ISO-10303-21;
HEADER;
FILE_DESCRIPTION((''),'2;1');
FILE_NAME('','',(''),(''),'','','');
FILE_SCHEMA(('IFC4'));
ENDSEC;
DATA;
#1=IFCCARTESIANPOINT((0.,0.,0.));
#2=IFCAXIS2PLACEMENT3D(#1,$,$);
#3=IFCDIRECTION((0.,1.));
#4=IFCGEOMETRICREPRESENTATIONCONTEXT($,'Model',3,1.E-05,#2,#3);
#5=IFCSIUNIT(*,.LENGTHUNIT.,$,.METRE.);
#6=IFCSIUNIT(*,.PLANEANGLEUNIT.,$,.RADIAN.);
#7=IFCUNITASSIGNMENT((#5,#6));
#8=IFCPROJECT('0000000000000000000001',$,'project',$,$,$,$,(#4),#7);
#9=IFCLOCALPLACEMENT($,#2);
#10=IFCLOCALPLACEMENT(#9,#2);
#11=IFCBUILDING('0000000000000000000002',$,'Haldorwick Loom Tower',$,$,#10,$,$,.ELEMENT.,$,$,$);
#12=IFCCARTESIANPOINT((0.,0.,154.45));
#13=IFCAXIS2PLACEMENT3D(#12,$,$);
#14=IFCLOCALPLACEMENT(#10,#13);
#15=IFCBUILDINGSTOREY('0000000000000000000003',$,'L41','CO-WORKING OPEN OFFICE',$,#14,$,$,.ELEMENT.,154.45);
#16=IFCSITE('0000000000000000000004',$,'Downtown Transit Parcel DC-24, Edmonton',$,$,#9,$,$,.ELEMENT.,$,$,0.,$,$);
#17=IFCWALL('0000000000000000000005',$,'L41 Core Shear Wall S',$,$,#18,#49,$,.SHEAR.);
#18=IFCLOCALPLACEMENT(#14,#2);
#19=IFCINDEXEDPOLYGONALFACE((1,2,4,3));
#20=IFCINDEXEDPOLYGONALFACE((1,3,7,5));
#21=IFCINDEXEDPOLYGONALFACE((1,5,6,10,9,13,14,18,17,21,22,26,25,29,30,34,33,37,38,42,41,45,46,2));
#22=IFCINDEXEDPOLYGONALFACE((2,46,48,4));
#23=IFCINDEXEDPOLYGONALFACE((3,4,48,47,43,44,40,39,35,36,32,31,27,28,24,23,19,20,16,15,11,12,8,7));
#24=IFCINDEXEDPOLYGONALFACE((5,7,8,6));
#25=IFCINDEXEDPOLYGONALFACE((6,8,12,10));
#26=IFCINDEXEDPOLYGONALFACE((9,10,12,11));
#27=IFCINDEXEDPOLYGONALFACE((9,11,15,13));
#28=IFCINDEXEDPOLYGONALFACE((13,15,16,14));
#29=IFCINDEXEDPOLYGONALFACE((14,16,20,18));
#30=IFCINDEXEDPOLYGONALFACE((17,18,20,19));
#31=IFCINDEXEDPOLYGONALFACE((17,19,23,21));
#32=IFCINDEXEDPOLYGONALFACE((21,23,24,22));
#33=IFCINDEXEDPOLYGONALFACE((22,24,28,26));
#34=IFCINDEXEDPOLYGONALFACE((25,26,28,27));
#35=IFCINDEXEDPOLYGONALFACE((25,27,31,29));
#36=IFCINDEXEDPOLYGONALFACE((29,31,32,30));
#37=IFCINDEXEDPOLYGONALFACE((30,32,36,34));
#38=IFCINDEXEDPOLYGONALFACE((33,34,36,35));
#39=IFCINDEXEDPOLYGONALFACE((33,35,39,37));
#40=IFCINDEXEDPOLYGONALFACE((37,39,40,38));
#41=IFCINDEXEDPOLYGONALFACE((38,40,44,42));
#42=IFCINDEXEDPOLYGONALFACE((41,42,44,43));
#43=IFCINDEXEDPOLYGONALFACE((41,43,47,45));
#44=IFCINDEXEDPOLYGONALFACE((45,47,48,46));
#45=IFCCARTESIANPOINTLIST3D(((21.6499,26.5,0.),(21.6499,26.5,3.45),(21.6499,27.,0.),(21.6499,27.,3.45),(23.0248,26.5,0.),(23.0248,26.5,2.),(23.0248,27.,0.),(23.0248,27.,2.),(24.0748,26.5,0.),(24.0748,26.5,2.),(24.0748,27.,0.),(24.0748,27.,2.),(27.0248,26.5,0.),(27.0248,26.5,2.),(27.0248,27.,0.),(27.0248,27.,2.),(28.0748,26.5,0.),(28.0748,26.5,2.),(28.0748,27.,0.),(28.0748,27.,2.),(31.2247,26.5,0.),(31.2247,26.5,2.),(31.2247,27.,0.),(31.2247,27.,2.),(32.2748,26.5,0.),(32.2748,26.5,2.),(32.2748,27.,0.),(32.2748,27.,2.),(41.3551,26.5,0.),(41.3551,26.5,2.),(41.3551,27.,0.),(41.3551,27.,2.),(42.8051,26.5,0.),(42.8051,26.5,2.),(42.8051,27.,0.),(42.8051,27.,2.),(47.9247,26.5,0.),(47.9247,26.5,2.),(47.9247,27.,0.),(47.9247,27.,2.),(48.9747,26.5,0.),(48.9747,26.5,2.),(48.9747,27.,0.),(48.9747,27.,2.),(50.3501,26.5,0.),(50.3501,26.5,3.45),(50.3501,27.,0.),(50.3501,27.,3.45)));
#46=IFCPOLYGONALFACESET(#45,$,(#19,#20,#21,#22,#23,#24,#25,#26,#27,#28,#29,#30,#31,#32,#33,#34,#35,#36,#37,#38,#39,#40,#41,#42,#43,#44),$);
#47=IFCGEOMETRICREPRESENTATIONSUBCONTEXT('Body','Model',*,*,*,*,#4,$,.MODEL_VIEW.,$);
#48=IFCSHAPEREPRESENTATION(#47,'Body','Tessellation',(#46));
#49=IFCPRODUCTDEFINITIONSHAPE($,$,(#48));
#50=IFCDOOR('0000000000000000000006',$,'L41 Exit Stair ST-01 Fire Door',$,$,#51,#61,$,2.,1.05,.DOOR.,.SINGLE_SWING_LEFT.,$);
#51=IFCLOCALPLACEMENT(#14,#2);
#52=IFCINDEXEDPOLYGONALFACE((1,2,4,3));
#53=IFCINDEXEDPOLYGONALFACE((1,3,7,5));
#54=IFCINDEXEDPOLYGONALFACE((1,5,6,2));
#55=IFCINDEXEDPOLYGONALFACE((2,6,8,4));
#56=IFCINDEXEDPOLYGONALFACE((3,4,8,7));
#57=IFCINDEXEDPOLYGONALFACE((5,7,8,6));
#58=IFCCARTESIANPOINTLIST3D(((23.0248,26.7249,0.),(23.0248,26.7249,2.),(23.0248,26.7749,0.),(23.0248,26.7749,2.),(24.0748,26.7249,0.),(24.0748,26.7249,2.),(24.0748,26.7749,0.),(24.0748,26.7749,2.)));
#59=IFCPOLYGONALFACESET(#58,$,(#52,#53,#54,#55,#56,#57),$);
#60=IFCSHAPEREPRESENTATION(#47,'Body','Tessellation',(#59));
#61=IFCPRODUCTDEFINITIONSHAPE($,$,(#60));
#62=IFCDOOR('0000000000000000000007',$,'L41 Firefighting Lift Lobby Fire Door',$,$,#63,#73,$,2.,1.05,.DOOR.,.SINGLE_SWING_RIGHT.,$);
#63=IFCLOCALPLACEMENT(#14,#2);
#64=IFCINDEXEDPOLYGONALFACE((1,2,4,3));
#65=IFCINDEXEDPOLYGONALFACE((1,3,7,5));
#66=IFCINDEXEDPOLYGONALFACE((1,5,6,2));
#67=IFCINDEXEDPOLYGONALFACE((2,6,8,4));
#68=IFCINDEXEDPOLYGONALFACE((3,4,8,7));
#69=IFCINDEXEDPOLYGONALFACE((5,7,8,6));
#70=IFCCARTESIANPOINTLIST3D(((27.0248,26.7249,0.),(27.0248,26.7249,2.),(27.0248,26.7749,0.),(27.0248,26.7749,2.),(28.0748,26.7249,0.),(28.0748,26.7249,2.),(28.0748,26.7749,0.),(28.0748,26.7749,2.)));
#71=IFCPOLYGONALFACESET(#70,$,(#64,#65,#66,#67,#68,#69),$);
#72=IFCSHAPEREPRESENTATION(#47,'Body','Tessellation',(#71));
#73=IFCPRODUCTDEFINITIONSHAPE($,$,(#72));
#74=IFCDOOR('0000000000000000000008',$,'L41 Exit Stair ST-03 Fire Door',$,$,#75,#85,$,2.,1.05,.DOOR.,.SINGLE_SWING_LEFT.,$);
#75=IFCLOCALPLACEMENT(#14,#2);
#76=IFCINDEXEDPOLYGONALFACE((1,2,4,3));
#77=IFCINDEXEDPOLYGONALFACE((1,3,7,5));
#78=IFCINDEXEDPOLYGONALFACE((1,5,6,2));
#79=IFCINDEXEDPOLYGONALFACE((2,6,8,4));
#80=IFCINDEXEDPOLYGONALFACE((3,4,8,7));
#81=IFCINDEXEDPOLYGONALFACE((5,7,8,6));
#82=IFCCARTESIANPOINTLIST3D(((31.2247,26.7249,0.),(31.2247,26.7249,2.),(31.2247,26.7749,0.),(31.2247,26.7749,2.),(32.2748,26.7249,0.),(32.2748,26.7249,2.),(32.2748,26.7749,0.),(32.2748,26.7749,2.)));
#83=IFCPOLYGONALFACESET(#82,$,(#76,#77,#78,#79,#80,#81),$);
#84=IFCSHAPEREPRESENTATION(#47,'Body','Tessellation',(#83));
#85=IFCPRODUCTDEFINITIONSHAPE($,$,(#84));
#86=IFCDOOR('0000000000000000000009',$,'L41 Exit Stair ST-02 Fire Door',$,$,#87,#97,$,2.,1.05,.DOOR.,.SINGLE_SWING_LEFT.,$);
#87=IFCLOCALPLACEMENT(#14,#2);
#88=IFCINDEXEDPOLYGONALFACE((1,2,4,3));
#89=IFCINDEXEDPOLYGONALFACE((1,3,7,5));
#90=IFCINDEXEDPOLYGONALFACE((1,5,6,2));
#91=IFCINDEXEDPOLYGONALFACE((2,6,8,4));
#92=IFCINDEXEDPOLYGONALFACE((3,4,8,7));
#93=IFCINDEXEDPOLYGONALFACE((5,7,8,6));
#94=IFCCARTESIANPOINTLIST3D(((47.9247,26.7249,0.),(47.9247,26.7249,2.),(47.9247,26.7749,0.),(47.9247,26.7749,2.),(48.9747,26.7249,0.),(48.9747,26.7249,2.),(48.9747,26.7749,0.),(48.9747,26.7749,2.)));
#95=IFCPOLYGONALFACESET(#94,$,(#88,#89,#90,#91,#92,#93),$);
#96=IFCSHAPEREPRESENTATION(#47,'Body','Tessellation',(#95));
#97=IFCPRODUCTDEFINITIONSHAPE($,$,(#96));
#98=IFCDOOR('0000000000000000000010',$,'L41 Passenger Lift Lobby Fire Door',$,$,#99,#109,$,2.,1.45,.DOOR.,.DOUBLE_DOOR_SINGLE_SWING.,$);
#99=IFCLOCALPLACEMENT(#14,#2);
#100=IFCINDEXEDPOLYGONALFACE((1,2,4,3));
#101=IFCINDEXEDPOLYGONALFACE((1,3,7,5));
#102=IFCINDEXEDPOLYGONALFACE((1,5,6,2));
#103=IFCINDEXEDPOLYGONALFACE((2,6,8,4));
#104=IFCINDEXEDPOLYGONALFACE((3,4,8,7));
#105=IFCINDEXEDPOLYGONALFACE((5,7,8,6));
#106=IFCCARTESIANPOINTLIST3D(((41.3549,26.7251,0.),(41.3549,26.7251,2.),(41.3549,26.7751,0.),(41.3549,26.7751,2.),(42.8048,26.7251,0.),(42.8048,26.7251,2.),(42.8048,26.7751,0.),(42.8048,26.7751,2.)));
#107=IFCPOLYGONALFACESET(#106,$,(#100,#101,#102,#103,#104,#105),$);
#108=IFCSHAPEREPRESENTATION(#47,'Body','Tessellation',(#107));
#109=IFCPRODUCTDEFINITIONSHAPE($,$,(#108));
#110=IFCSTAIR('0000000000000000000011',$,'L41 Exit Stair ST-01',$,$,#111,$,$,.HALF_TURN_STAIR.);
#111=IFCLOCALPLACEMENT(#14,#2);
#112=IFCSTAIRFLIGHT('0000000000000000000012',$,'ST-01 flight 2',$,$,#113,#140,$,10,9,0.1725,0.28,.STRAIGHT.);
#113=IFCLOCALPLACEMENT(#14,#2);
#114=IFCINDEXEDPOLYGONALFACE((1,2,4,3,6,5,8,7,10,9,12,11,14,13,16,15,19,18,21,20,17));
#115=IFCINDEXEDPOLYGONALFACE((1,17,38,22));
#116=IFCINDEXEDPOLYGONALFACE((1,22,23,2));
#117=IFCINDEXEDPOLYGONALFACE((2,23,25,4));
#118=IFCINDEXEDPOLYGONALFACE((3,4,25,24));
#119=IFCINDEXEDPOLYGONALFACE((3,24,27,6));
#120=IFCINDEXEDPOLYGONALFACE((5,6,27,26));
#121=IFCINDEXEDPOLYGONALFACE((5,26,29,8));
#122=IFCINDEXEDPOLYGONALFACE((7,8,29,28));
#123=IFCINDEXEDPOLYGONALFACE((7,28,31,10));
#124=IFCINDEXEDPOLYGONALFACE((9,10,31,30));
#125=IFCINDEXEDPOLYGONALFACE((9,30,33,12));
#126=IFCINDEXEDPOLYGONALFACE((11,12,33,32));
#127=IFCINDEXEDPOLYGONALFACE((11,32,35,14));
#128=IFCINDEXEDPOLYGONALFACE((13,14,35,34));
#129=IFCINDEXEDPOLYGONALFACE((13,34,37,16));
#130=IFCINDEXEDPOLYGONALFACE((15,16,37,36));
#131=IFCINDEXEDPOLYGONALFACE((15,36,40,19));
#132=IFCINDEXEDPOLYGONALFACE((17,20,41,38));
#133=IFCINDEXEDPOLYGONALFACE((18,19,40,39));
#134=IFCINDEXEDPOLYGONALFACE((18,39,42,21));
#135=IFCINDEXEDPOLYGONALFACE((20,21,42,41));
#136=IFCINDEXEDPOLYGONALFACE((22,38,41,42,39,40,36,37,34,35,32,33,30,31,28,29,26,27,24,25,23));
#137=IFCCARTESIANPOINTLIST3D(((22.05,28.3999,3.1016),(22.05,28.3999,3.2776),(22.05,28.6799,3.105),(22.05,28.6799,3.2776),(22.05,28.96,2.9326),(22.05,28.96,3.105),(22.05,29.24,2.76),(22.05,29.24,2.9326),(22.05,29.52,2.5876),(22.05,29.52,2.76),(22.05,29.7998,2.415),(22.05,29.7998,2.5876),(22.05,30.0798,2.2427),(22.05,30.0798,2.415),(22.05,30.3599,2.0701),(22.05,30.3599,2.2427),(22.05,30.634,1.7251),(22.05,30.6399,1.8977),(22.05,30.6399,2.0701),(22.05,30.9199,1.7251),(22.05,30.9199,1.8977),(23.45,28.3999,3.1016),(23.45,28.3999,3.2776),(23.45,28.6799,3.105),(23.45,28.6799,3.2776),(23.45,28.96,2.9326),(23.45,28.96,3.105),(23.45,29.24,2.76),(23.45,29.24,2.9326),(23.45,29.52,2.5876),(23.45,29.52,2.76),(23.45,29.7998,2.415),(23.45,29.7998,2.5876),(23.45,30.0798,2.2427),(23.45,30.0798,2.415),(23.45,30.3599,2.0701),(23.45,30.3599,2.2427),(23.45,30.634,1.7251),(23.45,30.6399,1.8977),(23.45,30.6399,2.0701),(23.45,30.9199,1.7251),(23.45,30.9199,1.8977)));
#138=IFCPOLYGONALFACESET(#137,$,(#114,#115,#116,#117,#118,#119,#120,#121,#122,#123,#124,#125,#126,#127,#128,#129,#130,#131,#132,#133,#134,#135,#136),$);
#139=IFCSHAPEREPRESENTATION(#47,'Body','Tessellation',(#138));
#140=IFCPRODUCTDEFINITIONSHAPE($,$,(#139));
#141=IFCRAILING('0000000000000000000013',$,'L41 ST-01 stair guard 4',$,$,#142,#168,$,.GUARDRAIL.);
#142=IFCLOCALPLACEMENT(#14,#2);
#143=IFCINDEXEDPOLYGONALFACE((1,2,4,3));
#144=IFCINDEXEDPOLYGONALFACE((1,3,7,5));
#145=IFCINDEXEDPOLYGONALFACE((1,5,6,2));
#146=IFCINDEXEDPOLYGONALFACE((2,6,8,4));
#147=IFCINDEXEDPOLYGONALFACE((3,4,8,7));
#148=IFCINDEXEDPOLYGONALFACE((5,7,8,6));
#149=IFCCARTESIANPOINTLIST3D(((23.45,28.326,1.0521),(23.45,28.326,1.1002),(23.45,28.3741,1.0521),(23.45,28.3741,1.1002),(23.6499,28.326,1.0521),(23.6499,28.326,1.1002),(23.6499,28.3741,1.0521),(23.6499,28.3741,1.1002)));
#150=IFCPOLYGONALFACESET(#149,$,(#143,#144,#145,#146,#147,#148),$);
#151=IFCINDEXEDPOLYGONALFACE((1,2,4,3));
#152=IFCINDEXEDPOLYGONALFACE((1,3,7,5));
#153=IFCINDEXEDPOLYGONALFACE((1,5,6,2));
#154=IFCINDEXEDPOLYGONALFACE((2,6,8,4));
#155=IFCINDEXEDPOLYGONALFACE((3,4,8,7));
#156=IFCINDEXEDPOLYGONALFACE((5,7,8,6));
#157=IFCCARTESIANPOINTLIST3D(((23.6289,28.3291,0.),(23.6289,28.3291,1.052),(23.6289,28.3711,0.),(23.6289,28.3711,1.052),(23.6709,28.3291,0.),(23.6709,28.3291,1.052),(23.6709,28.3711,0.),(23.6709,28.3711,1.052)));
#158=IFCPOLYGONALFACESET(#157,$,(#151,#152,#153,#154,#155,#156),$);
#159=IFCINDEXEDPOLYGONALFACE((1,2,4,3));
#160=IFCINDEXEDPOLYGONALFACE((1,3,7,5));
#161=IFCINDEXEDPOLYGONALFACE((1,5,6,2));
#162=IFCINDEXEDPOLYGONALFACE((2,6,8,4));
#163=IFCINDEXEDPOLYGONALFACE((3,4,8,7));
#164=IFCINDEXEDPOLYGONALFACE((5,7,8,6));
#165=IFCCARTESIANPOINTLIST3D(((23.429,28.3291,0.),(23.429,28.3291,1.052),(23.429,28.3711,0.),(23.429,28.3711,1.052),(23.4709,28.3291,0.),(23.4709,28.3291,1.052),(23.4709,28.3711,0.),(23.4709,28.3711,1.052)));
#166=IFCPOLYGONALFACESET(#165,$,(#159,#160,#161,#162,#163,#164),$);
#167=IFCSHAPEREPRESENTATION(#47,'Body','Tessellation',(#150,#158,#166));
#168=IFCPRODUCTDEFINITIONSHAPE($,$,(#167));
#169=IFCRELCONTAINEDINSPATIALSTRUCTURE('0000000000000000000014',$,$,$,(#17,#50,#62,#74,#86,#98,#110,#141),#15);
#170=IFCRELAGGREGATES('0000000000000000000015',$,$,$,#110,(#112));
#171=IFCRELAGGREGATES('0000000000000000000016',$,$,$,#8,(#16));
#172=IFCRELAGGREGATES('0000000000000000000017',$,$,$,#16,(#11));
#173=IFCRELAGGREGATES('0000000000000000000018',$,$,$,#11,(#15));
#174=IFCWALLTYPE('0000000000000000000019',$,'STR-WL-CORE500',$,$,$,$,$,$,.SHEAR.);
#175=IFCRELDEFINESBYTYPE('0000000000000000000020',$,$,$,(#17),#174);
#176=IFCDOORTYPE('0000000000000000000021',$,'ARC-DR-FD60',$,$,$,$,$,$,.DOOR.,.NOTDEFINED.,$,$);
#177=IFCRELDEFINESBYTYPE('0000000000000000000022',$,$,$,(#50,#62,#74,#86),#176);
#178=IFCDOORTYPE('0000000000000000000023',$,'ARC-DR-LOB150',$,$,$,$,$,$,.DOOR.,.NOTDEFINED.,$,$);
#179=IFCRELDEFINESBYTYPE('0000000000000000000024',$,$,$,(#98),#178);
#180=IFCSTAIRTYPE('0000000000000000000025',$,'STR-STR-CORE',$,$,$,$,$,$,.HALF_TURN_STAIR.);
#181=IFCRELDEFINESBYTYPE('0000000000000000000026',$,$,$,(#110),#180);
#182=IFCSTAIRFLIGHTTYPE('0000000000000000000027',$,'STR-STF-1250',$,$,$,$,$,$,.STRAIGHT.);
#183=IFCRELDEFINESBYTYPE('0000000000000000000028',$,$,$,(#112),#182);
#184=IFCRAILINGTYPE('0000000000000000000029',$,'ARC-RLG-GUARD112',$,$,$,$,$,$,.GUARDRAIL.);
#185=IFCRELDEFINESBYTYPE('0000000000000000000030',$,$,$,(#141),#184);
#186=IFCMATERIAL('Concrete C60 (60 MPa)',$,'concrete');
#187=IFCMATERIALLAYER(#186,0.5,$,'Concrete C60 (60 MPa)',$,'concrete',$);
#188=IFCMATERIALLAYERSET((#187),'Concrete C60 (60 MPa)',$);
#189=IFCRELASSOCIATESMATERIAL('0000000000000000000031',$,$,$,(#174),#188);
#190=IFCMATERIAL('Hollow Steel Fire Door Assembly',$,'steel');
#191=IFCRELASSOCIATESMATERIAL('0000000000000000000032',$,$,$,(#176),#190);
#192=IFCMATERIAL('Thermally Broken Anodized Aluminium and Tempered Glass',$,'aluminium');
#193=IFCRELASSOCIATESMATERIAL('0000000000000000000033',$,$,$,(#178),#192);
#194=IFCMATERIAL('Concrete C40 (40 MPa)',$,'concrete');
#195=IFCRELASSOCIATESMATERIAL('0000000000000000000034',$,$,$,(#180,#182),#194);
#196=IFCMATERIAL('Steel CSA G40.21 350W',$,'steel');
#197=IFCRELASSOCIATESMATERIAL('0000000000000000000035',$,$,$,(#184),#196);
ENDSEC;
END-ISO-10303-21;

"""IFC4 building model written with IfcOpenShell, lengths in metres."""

from ifc_helpers import new_model, si_unit, direction, frame, frame_2d, origin, origin_2d, place, context, subcontext, project, spatial, polyline, rectangle, outline, extrude, material, layer, layer_set, type_object, element, fill, aggregate, save


model = new_model("IFC4")

# Units and contexts
model_context = context("Model", 3, precision=1e-05, world=origin(), true_north=direction((0.0, 1.0)))
body_context = subcontext(model_context, "Body", "Model", "MODEL_VIEW")
ifc_project = project(units=[si_unit("LENGTHUNIT", "METRE"), si_unit("PLANEANGLEUNIT", "RADIAN")], contexts=[model_context])

# Site, building, storey
site_placement = place(None, origin())
site = spatial("IfcSite", under=ifc_project, at=site_placement, Name="Downtown Transit Parcel DC-24, Edmonton", CompositionType="ELEMENT", RefElevation=0.0)
building_placement = place(site_placement, origin())
building = spatial("IfcBuilding", under=site, at=building_placement, Name="Haldorwick Loom Tower", CompositionType="ELEMENT")
storey_placement = place(building_placement, frame((0.0, 0.0, 154.45)))
storey = spatial("IfcBuildingStorey", under=building, at=storey_placement, Name="L41", Description="CO-WORKING OPEN OFFICE", CompositionType="ELEMENT", Elevation=154.45)

# Shared definitions
ifc_material_1 = material(Name="Steel CSA G40.21 350W", Category="steel")
ifc_material_2 = material(Name="Concrete C60 (60 MPa)", Category="concrete")

# Wall, openings, doors
ifc_layer_1 = layer(ifc_material_2, 0.5, Name="Concrete C60 (60 MPa)", Category="concrete")
ifc_layer_set_1 = layer_set([ifc_layer_1], Name="Concrete C60 (60 MPa)")
wall_type_1 = type_object("IfcWallType", Name="STR-WL-CORE500", PredefinedType="SHEAR", material=ifc_layer_set_1)
wall_1_placement = place(storey_placement, frame((21.6499, 26.75, 0.0), z_axis=(0.0, 0.0, 1.0), x_axis=(1.0, 0.0, 0.0)))
wall_1 = element("IfcWall", 1, at=wall_1_placement, inside=storey, type_object=wall_type_1, Name="L41 Core Shear Wall S", PredefinedType="SHEAR", context=body_context, shape_type="SweptSolid", body=[
    extrude(rectangle(XDim=28.7002, YDim=0.5, at=frame_2d((14.3501, 0.0))), origin(), (0.0, 0.0, 1.0), 3.45),
])
opening_1_placement = place(wall_1_placement, frame((1.375, 0.0, 0.0)))
opening_1 = element("IfcOpeningElement", 2, at=opening_1_placement, cuts=wall_1, PredefinedType="OPENING", context=body_context, shape_type="SweptSolid", body=[
    extrude(rectangle(XDim=1.05, YDim=2.0, at=frame_2d((0.5249, 1.0))), frame((0.0, 0.26, 0.0), z_axis=(0.0, -1.0, 0.0), x_axis=(1.0, 0.0, 0.0)), (0.0, 0.0, 1.0), 0.52),
])
opening_2_placement = place(wall_1_placement, frame((5.375, 0.0, 0.0)))
opening_2 = element("IfcOpeningElement", 3, at=opening_2_placement, cuts=wall_1, PredefinedType="OPENING", context=body_context, shape_type="SweptSolid", body=[
    extrude(rectangle(XDim=1.05, YDim=2.0, at=frame_2d((0.5249, 1.0))), frame((0.0, 0.26, 0.0), z_axis=(0.0, -1.0, 0.0), x_axis=(1.0, 0.0, 0.0)), (0.0, 0.0, 1.0), 0.52),
])
opening_3_placement = place(wall_1_placement, frame((9.575, 0.0, 0.0)))
opening_3 = element("IfcOpeningElement", 4, at=opening_3_placement, cuts=wall_1, PredefinedType="OPENING", context=body_context, shape_type="SweptSolid", body=[
    extrude(rectangle(XDim=1.05, YDim=2.0, at=frame_2d((0.5249, 1.0))), frame((0.0, 0.26, 0.0), z_axis=(0.0, -1.0, 0.0), x_axis=(1.0, 0.0, 0.0)), (0.0, 0.0, 1.0), 0.52),
])
opening_4_placement = place(wall_1_placement, frame((19.7051, 0.0, 0.0)))
opening_4 = element("IfcOpeningElement", 5, at=opening_4_placement, cuts=wall_1, PredefinedType="OPENING", context=body_context, shape_type="SweptSolid", body=[
    extrude(rectangle(XDim=1.45, YDim=2.0, at=frame_2d((0.7251, 1.0))), frame((0.0, 0.26, 0.0), z_axis=(0.0, -1.0, 0.0), x_axis=(1.0, 0.0, 0.0)), (0.0, 0.0, 1.0), 0.52),
])
opening_5_placement = place(wall_1_placement, frame((26.2749, 0.0, 0.0)))
opening_5 = element("IfcOpeningElement", 6, at=opening_5_placement, cuts=wall_1, PredefinedType="OPENING", context=body_context, shape_type="SweptSolid", body=[
    extrude(rectangle(XDim=1.05, YDim=2.0, at=frame_2d((0.5249, 1.0))), frame((0.0, 0.26, 0.0), z_axis=(0.0, -1.0, 0.0), x_axis=(1.0, 0.0, 0.0)), (0.0, 0.0, 1.0), 0.52),
])
ifc_material_3 = material(Name="Hollow Steel Fire Door Assembly", Category="steel")
door_type_1 = type_object("IfcDoorType", Name="ARC-DR-FD60", OperationType="NOTDEFINED", PredefinedType="DOOR", material=ifc_material_3)
door_1_placement = place(opening_1_placement, origin())
door_1 = element("IfcDoor", 7, at=door_1_placement, inside=storey, type_object=door_type_1, Name="L41 Exit Stair ST-01 Fire Door", OperationType="SINGLE_SWING_LEFT", OverallHeight=2.0, OverallWidth=1.05, PredefinedType="DOOR", context=body_context, shape_type="SweptSolid", body=[
    extrude(rectangle(XDim=1.05, YDim=2.0, at=frame_2d((0.5249, 1.0))), frame((0.0, 0.0249, 0.0), z_axis=(0.0, -1.0, 0.0), x_axis=(1.0, 0.0, 0.0)), (0.0, 0.0, 1.0), 0.05),
])
fill(opening_1, door_1)
door_2_placement = place(opening_2_placement, origin())
door_2 = element("IfcDoor", 8, at=door_2_placement, inside=storey, type_object=door_type_1, Name="L41 Firefighting Lift Lobby Fire Door", OperationType="SINGLE_SWING_RIGHT", OverallHeight=2.0, OverallWidth=1.05, PredefinedType="DOOR", context=body_context, shape_type="SweptSolid", body=[
    extrude(rectangle(XDim=1.05, YDim=2.0, at=frame_2d((0.5249, 1.0))), frame((0.0, 0.0249, 0.0), z_axis=(0.0, -1.0, 0.0), x_axis=(1.0, 0.0, 0.0)), (0.0, 0.0, 1.0), 0.05),
])
fill(opening_2, door_2)
door_3_placement = place(opening_3_placement, origin())
door_3 = element("IfcDoor", 9, at=door_3_placement, inside=storey, type_object=door_type_1, Name="L41 Exit Stair ST-03 Fire Door", OperationType="SINGLE_SWING_LEFT", OverallHeight=2.0, OverallWidth=1.05, PredefinedType="DOOR", context=body_context, shape_type="SweptSolid", body=[
    extrude(rectangle(XDim=1.05, YDim=2.0, at=frame_2d((0.5249, 1.0))), frame((0.0, 0.0249, 0.0), z_axis=(0.0, -1.0, 0.0), x_axis=(1.0, 0.0, 0.0)), (0.0, 0.0, 1.0), 0.05),
])
fill(opening_3, door_3)
door_4_placement = place(opening_5_placement, origin())
door_4 = element("IfcDoor", 10, at=door_4_placement, inside=storey, type_object=door_type_1, Name="L41 Exit Stair ST-02 Fire Door", OperationType="SINGLE_SWING_LEFT", OverallHeight=2.0, OverallWidth=1.05, PredefinedType="DOOR", context=body_context, shape_type="SweptSolid", body=[
    extrude(rectangle(XDim=1.05, YDim=2.0, at=frame_2d((0.5249, 1.0))), frame((0.0, 0.0249, 0.0), z_axis=(0.0, -1.0, 0.0), x_axis=(1.0, 0.0, 0.0)), (0.0, 0.0, 1.0), 0.05),
])
fill(opening_5, door_4)
ifc_material_4 = material(Name="Thermally Broken Anodized Aluminium and Tempered Glass", Category="aluminium")
door_type_2 = type_object("IfcDoorType", Name="ARC-DR-LOB150", OperationType="NOTDEFINED", PredefinedType="DOOR", material=ifc_material_4)
door_5_placement = place(opening_4_placement, frame((1.45, 0.0, 0.0), z_axis=(0.0, 0.0, 1.0), x_axis=(-1.0, 0.0, 0.0)))
door_5 = element("IfcDoor", 11, at=door_5_placement, inside=storey, type_object=door_type_2, Name="L41 Passenger Lift Lobby Fire Door", OperationType="DOUBLE_DOOR_SINGLE_SWING", OverallHeight=2.0, OverallWidth=1.45, PredefinedType="DOOR", context=body_context, shape_type="SweptSolid", body=[
    extrude(rectangle(XDim=1.45, YDim=2.0, at=frame_2d((0.7251, 1.0))), frame((0.0, 0.0249, 0.0), z_axis=(0.0, -1.0, 0.0), x_axis=(1.0, 0.0, 0.0)), (0.0, 0.0, 1.0), 0.05),
])
fill(opening_4, door_5)

# Stair, stair flight
ifc_material_5 = material(Name="Concrete C40 (40 MPa)", Category="concrete")
stair_type = type_object("IfcStairType", Name="STR-STR-CORE", PredefinedType="HALF_TURN_STAIR", material=ifc_material_5)
stair_placement = place(storey_placement, origin())
stair = element("IfcStair", 12, at=stair_placement, inside=storey, type_object=stair_type, Name="L41 Exit Stair ST-01", PredefinedType="HALF_TURN_STAIR")
stair_flight_type = type_object("IfcStairFlightType", Name="STR-STF-1250", PredefinedType="STRAIGHT", material=ifc_material_5)
stair_flight_placement = place(storey_placement, frame((22.75, 30.9199, 1.7251), z_axis=(0.0, 0.0, 1.0), x_axis=(0.0, -1.0, 0.0)))
stair_flight = element("IfcStairFlight", 13, at=stair_flight_placement, type_object=stair_flight_type, Name="ST-01 flight 2", NumberOfRisers=10, NumberOfTreads=9, PredefinedType="STRAIGHT", RiserHeight=0.1725, TreadLength=0.28, context=body_context, shape_type="SweptSolid", body=[
    extrude(outline(polyline([(0.0, 0.0), (0.0, 0.1726), (0.28, 0.1726), (0.28, 0.345), (0.5601, 0.345), (0.5601, 0.5176), (0.8401, 0.5176), (0.8401, 0.6899), (1.1201, 0.6899), (1.1201, 0.8625), (1.3999, 0.8625), (1.3999, 1.0349), (1.6799, 1.0349), (1.6799, 1.2075), (1.96, 1.2075), (1.96, 1.3799), (2.24, 1.3799), (2.24, 1.5525), (2.52, 1.5525), (2.52, 1.7251), (2.52, 1.3765), (0.2859, 0.0), (0.0, 0.0)])), frame((0.0, 0.7, 0.0), z_axis=(0.0, -1.0, 0.0), x_axis=(1.0, 0.0, 0.0)), (0.0, 0.0, 1.0), 1.3999),
])
aggregate(stair, [stair_flight])

# Railing
railing_type_1 = type_object("IfcRailingType", Name="ARC-RLG-GUARD112", PredefinedType="GUARDRAIL", material=ifc_material_1)
railing_1_placement = place(storey_placement, frame((23.6499, 28.3501, 0.0)))
element("IfcRailing", 14, at=railing_1_placement, inside=storey, type_object=railing_type_1, Name="L41 ST-01 stair guard 4", PredefinedType="GUARDRAIL", context=body_context, shape_type="SweptSolid", body=[
    extrude(rectangle(XDim=0.0481, YDim=0.0481, at=origin_2d()), frame((0.0, 0.0, 1.0762), z_axis=(-1.0, 0.0, 0.0), x_axis=(0.0, -1.0, 0.0)), (0.0, 0.0, 1.0), 0.2),
    extrude(rectangle(XDim=0.042, YDim=0.042, at=origin_2d()), origin(), (0.0, 0.0, 1.0), 1.052),
    extrude(rectangle(XDim=0.042, YDim=0.042, at=origin_2d()), frame((-0.2, 0.0, 0.0)), (0.0, 0.0, 1.0), 1.052),
])

save(model, "model.ifc")
